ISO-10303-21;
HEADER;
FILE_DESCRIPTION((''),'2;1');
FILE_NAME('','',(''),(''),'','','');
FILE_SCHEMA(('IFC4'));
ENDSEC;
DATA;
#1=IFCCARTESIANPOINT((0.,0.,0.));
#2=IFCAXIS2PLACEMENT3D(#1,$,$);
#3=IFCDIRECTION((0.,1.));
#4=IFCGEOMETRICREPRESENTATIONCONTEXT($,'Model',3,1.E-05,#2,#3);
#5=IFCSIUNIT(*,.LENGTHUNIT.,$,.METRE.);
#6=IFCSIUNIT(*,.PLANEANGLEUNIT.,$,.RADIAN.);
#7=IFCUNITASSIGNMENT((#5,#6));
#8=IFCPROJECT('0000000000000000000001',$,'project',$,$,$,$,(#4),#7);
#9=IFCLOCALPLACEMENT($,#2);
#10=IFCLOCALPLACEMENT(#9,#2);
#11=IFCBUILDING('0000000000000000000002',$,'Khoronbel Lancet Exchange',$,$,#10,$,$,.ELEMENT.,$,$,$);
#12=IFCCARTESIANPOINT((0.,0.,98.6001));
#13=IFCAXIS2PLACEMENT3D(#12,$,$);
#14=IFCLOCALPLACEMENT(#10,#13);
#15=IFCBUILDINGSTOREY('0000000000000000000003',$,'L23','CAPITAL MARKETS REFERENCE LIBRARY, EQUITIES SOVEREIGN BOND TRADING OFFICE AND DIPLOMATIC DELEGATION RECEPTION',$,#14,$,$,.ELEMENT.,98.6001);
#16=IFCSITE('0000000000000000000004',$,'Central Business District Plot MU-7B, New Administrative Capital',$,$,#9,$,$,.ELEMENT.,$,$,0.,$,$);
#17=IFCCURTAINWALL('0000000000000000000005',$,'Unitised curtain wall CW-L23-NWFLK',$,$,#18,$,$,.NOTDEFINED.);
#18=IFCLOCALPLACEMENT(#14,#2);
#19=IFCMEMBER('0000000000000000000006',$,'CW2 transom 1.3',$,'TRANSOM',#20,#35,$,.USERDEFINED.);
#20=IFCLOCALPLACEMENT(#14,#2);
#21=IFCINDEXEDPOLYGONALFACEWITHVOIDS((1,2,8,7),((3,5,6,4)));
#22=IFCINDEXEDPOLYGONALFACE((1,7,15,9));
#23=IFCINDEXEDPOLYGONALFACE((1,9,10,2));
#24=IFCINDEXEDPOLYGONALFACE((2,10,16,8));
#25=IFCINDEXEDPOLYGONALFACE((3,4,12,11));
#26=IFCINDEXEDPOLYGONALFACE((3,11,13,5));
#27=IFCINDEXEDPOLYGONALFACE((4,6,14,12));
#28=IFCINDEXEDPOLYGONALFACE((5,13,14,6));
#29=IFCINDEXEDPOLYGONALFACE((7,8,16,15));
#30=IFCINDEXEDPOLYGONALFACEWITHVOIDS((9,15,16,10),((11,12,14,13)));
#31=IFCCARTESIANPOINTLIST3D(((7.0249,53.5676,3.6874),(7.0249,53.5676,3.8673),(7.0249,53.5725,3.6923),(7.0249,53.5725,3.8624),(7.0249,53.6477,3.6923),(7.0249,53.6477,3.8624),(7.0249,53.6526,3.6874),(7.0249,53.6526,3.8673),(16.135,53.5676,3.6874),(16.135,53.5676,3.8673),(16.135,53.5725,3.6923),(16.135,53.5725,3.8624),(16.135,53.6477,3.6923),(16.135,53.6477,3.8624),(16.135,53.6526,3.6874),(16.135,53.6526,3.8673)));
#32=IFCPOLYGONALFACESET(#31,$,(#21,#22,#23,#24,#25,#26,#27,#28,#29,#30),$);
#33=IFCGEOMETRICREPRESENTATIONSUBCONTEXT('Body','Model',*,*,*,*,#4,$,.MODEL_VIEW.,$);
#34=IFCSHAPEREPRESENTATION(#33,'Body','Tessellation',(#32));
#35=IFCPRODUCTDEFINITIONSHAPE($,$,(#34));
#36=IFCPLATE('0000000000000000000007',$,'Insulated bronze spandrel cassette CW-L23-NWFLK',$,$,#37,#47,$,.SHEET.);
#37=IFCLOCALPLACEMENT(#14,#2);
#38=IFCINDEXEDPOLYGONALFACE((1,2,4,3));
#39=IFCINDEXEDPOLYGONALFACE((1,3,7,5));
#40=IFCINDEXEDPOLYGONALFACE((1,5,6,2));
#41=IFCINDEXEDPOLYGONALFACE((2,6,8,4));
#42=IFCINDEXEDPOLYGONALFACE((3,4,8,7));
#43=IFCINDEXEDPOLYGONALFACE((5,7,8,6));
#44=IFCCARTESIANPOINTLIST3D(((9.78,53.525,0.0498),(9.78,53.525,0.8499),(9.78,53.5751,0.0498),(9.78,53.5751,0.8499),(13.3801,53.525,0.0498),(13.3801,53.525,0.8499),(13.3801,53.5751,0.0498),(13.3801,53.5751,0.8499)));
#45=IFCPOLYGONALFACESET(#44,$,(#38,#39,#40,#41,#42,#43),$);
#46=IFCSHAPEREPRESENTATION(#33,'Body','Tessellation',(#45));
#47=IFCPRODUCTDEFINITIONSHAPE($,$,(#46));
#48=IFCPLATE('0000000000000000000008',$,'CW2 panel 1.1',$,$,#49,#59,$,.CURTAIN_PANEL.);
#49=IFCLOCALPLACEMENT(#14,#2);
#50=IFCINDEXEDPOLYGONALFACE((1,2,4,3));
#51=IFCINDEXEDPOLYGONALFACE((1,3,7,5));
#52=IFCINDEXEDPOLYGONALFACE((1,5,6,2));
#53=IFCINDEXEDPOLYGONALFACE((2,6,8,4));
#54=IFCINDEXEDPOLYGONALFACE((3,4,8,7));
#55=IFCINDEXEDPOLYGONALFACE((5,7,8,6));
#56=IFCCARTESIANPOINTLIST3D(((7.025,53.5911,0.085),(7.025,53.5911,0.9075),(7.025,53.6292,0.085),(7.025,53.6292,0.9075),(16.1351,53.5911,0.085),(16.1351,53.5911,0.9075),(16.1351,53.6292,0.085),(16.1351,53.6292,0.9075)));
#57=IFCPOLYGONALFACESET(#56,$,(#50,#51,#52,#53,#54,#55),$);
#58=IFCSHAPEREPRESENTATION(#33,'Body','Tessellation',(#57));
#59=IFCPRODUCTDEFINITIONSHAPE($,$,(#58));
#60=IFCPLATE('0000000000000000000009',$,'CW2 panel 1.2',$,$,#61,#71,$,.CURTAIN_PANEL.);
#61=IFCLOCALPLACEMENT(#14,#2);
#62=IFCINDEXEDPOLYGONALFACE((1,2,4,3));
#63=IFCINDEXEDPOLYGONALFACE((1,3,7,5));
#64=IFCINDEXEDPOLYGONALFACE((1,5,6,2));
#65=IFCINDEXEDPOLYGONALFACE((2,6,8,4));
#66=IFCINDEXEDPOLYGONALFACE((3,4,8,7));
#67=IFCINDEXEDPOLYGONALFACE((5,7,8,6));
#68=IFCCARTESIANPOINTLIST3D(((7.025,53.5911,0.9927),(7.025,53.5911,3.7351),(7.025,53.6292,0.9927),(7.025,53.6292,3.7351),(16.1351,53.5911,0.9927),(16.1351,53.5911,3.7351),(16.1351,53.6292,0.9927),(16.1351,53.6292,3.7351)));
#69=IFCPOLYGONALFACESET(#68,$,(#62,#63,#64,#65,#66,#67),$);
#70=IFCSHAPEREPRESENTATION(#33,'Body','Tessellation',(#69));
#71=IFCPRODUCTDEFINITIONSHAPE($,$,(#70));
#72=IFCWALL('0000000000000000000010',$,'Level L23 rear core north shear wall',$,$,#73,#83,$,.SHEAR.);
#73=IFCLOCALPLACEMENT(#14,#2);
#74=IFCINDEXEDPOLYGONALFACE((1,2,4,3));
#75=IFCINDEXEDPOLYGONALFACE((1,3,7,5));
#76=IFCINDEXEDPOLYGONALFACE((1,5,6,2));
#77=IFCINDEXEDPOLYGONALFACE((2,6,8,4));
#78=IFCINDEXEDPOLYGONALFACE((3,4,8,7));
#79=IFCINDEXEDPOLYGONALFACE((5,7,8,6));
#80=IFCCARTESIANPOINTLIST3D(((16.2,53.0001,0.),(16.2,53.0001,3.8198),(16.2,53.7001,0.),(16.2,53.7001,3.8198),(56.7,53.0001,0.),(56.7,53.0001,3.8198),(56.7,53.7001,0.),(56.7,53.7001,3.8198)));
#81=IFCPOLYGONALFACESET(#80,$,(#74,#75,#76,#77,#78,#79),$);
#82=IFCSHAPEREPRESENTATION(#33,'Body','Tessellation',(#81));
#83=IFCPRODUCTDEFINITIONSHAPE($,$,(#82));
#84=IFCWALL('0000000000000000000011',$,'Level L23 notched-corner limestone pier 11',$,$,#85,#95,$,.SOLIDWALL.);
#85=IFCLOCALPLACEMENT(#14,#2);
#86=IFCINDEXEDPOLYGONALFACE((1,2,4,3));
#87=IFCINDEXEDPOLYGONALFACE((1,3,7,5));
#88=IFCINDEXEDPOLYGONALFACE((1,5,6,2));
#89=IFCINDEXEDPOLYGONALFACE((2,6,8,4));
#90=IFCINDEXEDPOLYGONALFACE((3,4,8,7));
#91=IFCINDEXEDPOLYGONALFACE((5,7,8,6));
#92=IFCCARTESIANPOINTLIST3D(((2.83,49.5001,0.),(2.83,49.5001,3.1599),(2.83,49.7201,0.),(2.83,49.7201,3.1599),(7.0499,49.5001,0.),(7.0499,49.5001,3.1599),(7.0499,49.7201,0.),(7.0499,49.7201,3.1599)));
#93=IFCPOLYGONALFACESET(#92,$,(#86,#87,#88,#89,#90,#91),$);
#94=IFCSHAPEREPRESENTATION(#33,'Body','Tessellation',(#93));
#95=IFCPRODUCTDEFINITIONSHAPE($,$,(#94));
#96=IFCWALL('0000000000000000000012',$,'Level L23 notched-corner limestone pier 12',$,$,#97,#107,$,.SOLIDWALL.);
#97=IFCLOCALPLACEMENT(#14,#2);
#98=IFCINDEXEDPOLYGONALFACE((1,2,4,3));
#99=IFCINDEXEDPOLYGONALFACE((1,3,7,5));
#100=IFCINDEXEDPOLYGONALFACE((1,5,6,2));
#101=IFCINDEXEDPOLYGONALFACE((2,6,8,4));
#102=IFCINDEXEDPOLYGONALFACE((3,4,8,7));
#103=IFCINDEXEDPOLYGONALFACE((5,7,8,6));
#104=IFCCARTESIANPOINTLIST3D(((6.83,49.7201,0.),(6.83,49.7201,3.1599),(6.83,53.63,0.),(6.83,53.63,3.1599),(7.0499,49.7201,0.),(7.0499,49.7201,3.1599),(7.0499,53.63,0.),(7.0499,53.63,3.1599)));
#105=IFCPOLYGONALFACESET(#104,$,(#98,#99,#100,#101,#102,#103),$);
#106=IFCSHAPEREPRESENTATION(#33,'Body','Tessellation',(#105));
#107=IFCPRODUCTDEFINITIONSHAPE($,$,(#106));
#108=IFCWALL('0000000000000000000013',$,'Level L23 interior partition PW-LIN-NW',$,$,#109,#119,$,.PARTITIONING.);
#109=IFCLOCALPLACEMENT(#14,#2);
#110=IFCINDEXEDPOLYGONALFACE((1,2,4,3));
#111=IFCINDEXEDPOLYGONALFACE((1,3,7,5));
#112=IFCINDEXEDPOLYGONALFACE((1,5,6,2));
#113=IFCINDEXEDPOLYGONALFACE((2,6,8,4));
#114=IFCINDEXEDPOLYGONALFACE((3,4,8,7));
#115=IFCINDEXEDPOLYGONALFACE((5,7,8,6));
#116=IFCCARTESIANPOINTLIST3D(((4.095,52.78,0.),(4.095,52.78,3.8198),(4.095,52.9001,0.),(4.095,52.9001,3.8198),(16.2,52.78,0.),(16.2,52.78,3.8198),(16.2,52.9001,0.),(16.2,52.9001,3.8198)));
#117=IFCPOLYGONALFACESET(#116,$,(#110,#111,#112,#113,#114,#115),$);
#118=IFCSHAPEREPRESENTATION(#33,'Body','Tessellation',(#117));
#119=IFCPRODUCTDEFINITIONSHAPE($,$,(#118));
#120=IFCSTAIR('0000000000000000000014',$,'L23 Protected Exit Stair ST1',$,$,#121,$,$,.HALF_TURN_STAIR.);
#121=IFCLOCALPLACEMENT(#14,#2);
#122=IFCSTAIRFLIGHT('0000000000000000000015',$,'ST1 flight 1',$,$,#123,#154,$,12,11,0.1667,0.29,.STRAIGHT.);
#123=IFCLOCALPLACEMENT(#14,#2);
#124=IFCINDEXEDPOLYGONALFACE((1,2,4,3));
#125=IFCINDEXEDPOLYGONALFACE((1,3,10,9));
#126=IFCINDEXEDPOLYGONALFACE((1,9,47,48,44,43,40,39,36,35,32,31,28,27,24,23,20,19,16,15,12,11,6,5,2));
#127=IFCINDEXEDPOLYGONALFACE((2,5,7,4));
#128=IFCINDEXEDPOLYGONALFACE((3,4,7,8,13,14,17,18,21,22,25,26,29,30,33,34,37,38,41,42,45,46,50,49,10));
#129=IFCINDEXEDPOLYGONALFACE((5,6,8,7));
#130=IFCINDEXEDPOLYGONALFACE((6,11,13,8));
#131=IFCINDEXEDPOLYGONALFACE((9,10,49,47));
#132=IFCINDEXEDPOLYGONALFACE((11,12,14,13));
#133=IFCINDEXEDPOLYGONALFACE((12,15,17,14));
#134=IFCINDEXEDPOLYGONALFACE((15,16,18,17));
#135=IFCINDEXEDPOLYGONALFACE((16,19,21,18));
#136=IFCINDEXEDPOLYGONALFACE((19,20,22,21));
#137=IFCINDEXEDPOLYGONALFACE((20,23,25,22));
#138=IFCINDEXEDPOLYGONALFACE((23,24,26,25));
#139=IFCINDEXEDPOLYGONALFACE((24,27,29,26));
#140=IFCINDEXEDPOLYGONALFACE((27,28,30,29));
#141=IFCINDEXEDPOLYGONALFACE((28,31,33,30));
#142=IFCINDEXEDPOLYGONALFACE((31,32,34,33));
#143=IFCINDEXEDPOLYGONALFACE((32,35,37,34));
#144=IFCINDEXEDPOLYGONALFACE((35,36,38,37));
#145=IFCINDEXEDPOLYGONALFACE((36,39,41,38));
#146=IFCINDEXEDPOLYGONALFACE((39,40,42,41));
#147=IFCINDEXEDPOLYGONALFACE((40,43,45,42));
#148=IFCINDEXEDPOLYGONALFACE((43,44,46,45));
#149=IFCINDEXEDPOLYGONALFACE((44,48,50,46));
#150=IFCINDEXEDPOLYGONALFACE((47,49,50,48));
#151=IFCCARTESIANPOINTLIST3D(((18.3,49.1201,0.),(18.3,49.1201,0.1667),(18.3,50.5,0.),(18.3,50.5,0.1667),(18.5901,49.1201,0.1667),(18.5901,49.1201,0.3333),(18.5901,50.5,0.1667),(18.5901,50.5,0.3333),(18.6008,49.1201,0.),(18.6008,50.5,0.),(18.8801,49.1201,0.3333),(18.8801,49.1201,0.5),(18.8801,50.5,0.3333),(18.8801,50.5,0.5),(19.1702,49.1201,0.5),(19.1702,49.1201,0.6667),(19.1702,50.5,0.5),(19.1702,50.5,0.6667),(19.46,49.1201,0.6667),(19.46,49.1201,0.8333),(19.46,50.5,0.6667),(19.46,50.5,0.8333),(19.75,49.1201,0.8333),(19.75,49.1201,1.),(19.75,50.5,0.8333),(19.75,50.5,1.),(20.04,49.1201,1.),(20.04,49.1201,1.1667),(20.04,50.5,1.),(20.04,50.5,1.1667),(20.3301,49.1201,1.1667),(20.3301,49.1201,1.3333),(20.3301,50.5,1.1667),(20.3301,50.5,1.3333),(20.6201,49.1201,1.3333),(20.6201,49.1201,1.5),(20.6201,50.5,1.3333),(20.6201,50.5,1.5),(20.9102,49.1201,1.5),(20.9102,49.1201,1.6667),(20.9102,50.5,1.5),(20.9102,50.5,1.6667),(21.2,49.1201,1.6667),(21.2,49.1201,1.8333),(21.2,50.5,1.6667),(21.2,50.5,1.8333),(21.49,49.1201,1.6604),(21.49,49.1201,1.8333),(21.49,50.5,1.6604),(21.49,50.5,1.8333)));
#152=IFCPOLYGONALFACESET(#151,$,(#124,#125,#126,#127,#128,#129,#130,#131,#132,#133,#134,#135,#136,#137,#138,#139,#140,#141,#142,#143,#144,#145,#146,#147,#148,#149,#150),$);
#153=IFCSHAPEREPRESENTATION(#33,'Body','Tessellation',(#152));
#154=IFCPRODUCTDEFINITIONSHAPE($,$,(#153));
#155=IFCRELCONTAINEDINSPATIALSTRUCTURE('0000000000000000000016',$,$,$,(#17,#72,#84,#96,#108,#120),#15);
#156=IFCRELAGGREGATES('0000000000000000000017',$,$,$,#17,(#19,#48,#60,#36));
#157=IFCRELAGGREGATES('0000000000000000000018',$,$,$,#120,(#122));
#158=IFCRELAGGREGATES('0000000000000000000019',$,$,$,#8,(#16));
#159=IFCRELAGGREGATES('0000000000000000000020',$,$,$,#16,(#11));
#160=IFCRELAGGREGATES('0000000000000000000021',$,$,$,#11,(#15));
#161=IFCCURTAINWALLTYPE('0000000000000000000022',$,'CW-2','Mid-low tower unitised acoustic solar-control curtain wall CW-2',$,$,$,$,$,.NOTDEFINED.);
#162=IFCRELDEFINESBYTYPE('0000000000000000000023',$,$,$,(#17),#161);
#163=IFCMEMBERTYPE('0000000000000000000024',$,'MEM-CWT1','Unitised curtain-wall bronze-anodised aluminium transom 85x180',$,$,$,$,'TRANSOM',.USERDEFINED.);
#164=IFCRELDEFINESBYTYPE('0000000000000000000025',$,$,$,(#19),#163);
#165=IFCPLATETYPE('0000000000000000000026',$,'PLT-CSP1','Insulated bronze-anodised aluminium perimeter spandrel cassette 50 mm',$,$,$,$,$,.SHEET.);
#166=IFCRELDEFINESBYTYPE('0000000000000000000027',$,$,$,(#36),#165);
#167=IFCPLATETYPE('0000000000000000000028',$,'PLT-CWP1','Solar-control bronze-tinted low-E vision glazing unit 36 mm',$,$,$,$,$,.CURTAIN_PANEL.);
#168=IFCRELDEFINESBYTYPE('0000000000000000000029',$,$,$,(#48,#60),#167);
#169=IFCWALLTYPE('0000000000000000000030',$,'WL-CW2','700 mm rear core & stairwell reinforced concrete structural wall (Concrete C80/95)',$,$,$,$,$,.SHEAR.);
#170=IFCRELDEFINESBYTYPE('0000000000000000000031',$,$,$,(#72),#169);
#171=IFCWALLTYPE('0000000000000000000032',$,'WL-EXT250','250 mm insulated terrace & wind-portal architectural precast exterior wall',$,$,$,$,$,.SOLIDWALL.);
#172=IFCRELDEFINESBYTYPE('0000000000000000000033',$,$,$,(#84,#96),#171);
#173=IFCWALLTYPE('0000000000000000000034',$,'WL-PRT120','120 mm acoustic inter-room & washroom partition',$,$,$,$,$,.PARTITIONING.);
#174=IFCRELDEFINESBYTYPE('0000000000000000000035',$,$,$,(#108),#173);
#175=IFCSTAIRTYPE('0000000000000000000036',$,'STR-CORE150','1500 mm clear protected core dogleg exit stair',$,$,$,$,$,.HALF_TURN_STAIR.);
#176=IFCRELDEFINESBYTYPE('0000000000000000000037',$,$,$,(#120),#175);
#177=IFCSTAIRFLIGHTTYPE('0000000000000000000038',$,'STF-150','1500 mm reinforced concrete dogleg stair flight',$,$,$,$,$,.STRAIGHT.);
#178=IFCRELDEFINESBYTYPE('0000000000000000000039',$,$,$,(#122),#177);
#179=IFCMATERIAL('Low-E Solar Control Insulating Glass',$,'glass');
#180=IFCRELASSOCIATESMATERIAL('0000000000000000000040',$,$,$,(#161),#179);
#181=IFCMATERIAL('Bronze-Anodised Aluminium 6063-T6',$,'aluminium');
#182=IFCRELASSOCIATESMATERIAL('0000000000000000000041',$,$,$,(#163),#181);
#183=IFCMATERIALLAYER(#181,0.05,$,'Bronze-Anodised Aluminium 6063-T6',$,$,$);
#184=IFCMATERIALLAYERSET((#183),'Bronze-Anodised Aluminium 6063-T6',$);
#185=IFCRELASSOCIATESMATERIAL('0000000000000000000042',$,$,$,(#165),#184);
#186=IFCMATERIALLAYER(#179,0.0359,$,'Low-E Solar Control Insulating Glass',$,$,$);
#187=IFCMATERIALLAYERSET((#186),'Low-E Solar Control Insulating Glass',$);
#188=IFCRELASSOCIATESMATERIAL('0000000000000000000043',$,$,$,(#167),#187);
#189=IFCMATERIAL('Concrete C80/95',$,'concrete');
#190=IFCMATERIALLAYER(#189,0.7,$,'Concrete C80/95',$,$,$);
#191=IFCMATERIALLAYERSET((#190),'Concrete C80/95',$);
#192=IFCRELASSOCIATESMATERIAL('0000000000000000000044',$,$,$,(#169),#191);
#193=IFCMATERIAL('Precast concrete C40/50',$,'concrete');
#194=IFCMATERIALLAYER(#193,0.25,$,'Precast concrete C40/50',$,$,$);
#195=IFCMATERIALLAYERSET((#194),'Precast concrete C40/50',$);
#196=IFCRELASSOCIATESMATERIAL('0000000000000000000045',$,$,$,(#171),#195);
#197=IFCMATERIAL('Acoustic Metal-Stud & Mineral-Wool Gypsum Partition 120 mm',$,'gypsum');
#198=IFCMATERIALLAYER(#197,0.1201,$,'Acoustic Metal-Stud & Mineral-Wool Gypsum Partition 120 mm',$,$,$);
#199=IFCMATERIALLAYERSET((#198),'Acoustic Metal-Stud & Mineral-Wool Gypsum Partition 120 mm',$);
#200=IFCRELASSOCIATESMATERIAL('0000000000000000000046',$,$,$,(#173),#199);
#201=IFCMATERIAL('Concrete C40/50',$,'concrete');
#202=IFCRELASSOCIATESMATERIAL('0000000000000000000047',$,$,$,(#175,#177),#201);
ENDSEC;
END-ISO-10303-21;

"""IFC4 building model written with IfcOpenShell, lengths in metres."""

from ifc_helpers import new_model, si_unit, direction, frame, frame_2d, origin, origin_2d, place, context, subcontext, project, spatial, polyline, rectangle, hollow_rectangle, outline, extrude, material, layer, layer_set, material_profile, profile_set, type_object, element, aggregate, save


model = new_model("IFC4")

# Units and contexts
model_context = context("Model", 3, precision=1e-05, world=origin(), true_north=direction((0.0, 1.0)))
body_context = subcontext(model_context, "Body", "Model", "MODEL_VIEW")
ifc_project = project(units=[si_unit("LENGTHUNIT", "METRE"), si_unit("PLANEANGLEUNIT", "RADIAN")], contexts=[model_context])

# Site, building, storey
site_placement = place(None, origin())
site = spatial("IfcSite", under=ifc_project, at=site_placement, Name="Central Business District Plot MU-7B, New Administrative Capital", CompositionType="ELEMENT", RefElevation=0.0)
building_placement = place(site_placement, origin())
building = spatial("IfcBuilding", under=site, at=building_placement, Name="Khoronbel Lancet Exchange", CompositionType="ELEMENT")
storey_placement = place(building_placement, frame((0.0, 0.0, 98.6001)))
storey = spatial("IfcBuildingStorey", under=building, at=storey_placement, Name="L23", Description="CAPITAL MARKETS REFERENCE LIBRARY, EQUITIES SOVEREIGN BOND TRADING OFFICE AND DIPLOMATIC DELEGATION RECEPTION", CompositionType="ELEMENT", Elevation=98.6001)

# Curtain wall, member, plates
ifc_material_1 = material(Name="Low-E Solar Control Insulating Glass", Category="glass")
curtain_wall_type = type_object("IfcCurtainWallType", Name="CW-2", Description="Mid-low tower unitised acoustic solar-control curtain wall CW-2", PredefinedType="NOTDEFINED", material=ifc_material_1)
curtain_wall_placement = place(storey_placement, origin())
curtain_wall = element("IfcCurtainWall", 1, at=curtain_wall_placement, inside=storey, type_object=curtain_wall_type, Name="Unitised curtain wall CW-L23-NWFLK", PredefinedType="NOTDEFINED")
ifc_material_2 = material(Name="Bronze-Anodised Aluminium 6063-T6", Category="aluminium")
ifc_material_profile_1 = material_profile(ifc_material_2, hollow_rectangle(XDim=0.085, YDim=0.1799, WallThickness=0.0049, at=origin_2d()), Name="ALU TRANSOM 85x180")
ifc_profile_set_1 = profile_set([ifc_material_profile_1], Name="Bronze-Anodised Aluminium 6063-T6")
member_type_1 = type_object("IfcMemberType", Name="MEM-CWT1", Description="Unitised curtain-wall bronze-anodised aluminium transom 85x180", ElementType="TRANSOM", PredefinedType="USERDEFINED", material=ifc_profile_set_1)
member_1_placement = place(storey_placement, frame((16.135, 53.6101, 3.7773), z_axis=(-1.0, 0.0, 0.0), x_axis=(0.0, -1.0, 0.0)))
member_1 = element("IfcMember", 2, at=member_1_placement, type_object=member_type_1, Name="CW2 transom 1.3", ObjectType="TRANSOM", PredefinedType="USERDEFINED", context=body_context, shape_type="SweptSolid", body=[
    extrude(hollow_rectangle(XDim=0.085, YDim=0.1799, WallThickness=0.0049, at=origin_2d()), origin(), (0.0, 0.0, 1.0), 9.1101),
])
ifc_layer_1 = layer(ifc_material_2, 0.05, Name="Bronze-Anodised Aluminium 6063-T6")
ifc_layer_set_1 = layer_set([ifc_layer_1], Name="Bronze-Anodised Aluminium 6063-T6")
plate_type_1 = type_object("IfcPlateType", Name="PLT-CSP1", Description="Insulated bronze-anodised aluminium perimeter spandrel cassette 50 mm", PredefinedType="SHEET", material=ifc_layer_set_1)
plate_1_placement = place(storey_placement, frame((11.5801, 53.55, 0.0498), z_axis=(0.0, 0.0, 1.0), x_axis=(-1.0, 0.0, 0.0)))
plate_1 = element("IfcPlate", 3, at=plate_1_placement, type_object=plate_type_1, Name="Insulated bronze spandrel cassette CW-L23-NWFLK", PredefinedType="SHEET", context=body_context, shape_type="SweptSolid", body=[
    extrude(rectangle(XDim=3.6001, YDim=0.05, at=origin_2d()), origin(), (0.0, 0.0, 1.0), 0.8),
])
ifc_layer_2 = layer(ifc_material_1, 0.0359, Name="Low-E Solar Control Insulating Glass")
ifc_layer_set_2 = layer_set([ifc_layer_2], Name="Low-E Solar Control Insulating Glass")
plate_type_2 = type_object("IfcPlateType", Name="PLT-CWP1", Description="Solar-control bronze-tinted low-E vision glazing unit 36 mm", PredefinedType="CURTAIN_PANEL", material=ifc_layer_set_2)
plate_2_placement = place(storey_placement, frame((11.5801, 53.6101, 0.085), z_axis=(0.0, 0.0, 1.0), x_axis=(-1.0, 0.0, 0.0)))
plate_2 = element("IfcPlate", 4, at=plate_2_placement, type_object=plate_type_2, Name="CW2 panel 1.1", PredefinedType="CURTAIN_PANEL", context=body_context, shape_type="SweptSolid", body=[
    extrude(rectangle(XDim=9.1101, YDim=0.0381, at=origin_2d()), origin(), (0.0, 0.0, 1.0), 0.8225),
])
plate_3_placement = place(storey_placement, frame((11.5801, 53.6101, 0.9927), z_axis=(0.0, 0.0, 1.0), x_axis=(-1.0, 0.0, 0.0)))
plate_3 = element("IfcPlate", 5, at=plate_3_placement, type_object=plate_type_2, Name="CW2 panel 1.2", PredefinedType="CURTAIN_PANEL", context=body_context, shape_type="SweptSolid", body=[
    extrude(rectangle(XDim=9.1101, YDim=0.0381, at=origin_2d()), origin(), (0.0, 0.0, 1.0), 2.7424),
])
aggregate(curtain_wall, [member_1, plate_2, plate_3, plate_1])

# Walls
ifc_material_3 = material(Name="Concrete C80/95", Category="concrete")
ifc_layer_3 = layer(ifc_material_3, 0.7, Name="Concrete C80/95")
ifc_layer_set_3 = layer_set([ifc_layer_3], Name="Concrete C80/95")
wall_type_1 = type_object("IfcWallType", Name="WL-CW2", Description="700 mm rear core & stairwell reinforced concrete structural wall (Concrete C80/95)", PredefinedType="SHEAR", material=ifc_layer_set_3)
wall_1_placement = place(storey_placement, frame((16.2, 53.3501, 0.0), z_axis=(0.0, 0.0, 1.0), x_axis=(1.0, 0.0, 0.0)))
element("IfcWall", 6, at=wall_1_placement, inside=storey, type_object=wall_type_1, Name="Level L23 rear core north shear wall", PredefinedType="SHEAR", context=body_context, shape_type="SweptSolid", body=[
    extrude(rectangle(XDim=40.5, YDim=0.7, at=frame_2d((20.25, 0.0))), origin(), (0.0, 0.0, 1.0), 3.8198),
])
ifc_material_4 = material(Name="Precast concrete C40/50", Category="concrete")
ifc_layer_4 = layer(ifc_material_4, 0.25, Name="Precast concrete C40/50")
ifc_layer_set_4 = layer_set([ifc_layer_4], Name="Precast concrete C40/50")
wall_type_2 = type_object("IfcWallType", Name="WL-EXT250", Description="250 mm insulated terrace & wind-portal architectural precast exterior wall", PredefinedType="SOLIDWALL", material=ifc_layer_set_4)
wall_2_placement = place(storey_placement, frame((2.8301, 49.6101, 0.0), z_axis=(0.0, 0.0, 1.0), x_axis=(1.0, 0.0, 0.0)))
element("IfcWall", 7, at=wall_2_placement, inside=storey, type_object=wall_type_2, Name="Level L23 notched-corner limestone pier 11", PredefinedType="SOLIDWALL", context=body_context, shape_type="SweptSolid", body=[
    extrude(rectangle(XDim=4.22, YDim=0.22, at=frame_2d((2.1099, 0.0))), origin(), (0.0, 0.0, 1.0), 3.1599),
])
wall_3_placement = place(storey_placement, frame((6.9399, 49.72, 0.0), z_axis=(0.0, 0.0, 1.0), x_axis=(0.0, 1.0, 0.0)))
element("IfcWall", 8, at=wall_3_placement, inside=storey, type_object=wall_type_2, Name="Level L23 notched-corner limestone pier 12", PredefinedType="SOLIDWALL", context=body_context, shape_type="SweptSolid", body=[
    extrude(rectangle(XDim=3.9099, YDim=0.22, at=frame_2d((1.9551, 0.0))), origin(), (0.0, 0.0, 1.0), 3.1599),
])
ifc_material_5 = material(Name="Acoustic Metal-Stud & Mineral-Wool Gypsum Partition 120 mm", Category="gypsum")
ifc_layer_5 = layer(ifc_material_5, 0.1201, Name="Acoustic Metal-Stud & Mineral-Wool Gypsum Partition 120 mm")
ifc_layer_set_5 = layer_set([ifc_layer_5], Name="Acoustic Metal-Stud & Mineral-Wool Gypsum Partition 120 mm")
wall_type_3 = type_object("IfcWallType", Name="WL-PRT120", Description="120 mm acoustic inter-room & washroom partition", PredefinedType="PARTITIONING", material=ifc_layer_set_5)
wall_4_placement = place(storey_placement, frame((4.095, 52.8401, 0.0), z_axis=(0.0, 0.0, 1.0), x_axis=(1.0, 0.0, 0.0)))
element("IfcWall", 9, at=wall_4_placement, inside=storey, type_object=wall_type_3, Name="Level L23 interior partition PW-LIN-NW", PredefinedType="PARTITIONING", context=body_context, shape_type="SweptSolid", body=[
    extrude(rectangle(XDim=12.105, YDim=0.1201, at=frame_2d((6.0525, 0.0))), origin(), (0.0, 0.0, 1.0), 3.8198),
])

# Stair, stair flight
ifc_material_6 = material(Name="Concrete C40/50", Category="concrete")
stair_type = type_object("IfcStairType", Name="STR-CORE150", Description="1500 mm clear protected core dogleg exit stair", PredefinedType="HALF_TURN_STAIR", material=ifc_material_6)
stair_placement = place(storey_placement, origin())
stair = element("IfcStair", 10, at=stair_placement, inside=storey, type_object=stair_type, Name="L23 Protected Exit Stair ST1", PredefinedType="HALF_TURN_STAIR")
stair_flight_type = type_object("IfcStairFlightType", Name="STF-150", Description="1500 mm reinforced concrete dogleg stair flight", PredefinedType="STRAIGHT", material=ifc_material_6)
stair_flight_placement = place(storey_placement, frame((18.3, 49.8101, 0.0), z_axis=(0.0, 0.0, 1.0), x_axis=(1.0, 0.0, 0.0)))
stair_flight = element("IfcStairFlight", 11, at=stair_flight_placement, type_object=stair_flight_type, Name="ST1 flight 1", NumberOfRisers=12, NumberOfTreads=11, PredefinedType="STRAIGHT", RiserHeight=0.1667, TreadLength=0.29, context=body_context, shape_type="SweptSolid", body=[
    extrude(outline(polyline([(0.0, 0.0), (0.0, 0.1667), (0.29, 0.1667), (0.29, 0.3333), (0.5801, 0.3333), (0.5801, 0.5), (0.8701, 0.5), (0.8701, 0.6667), (1.1599, 0.6667), (1.1599, 0.8333), (1.45, 0.8333), (1.45, 1.0), (1.74, 1.0), (1.74, 1.1667), (2.03, 1.1667), (2.03, 1.3333), (2.3201, 1.3333), (2.3201, 1.5), (2.6101, 1.5), (2.6101, 1.6667), (2.8999, 1.6667), (2.8999, 1.8333), (3.1899, 1.8333), (3.1899, 2.0), (3.1899, 1.6604), (0.3008, 0.0), (0.0, 0.0)])), frame((0.0, 0.6899, 0.0), z_axis=(0.0, -1.0, 0.0), x_axis=(1.0, 0.0, 0.0)), (0.0, 0.0, 1.0), 1.3799),
])
aggregate(stair, [stair_flight])

save(model, "model.ifc")
